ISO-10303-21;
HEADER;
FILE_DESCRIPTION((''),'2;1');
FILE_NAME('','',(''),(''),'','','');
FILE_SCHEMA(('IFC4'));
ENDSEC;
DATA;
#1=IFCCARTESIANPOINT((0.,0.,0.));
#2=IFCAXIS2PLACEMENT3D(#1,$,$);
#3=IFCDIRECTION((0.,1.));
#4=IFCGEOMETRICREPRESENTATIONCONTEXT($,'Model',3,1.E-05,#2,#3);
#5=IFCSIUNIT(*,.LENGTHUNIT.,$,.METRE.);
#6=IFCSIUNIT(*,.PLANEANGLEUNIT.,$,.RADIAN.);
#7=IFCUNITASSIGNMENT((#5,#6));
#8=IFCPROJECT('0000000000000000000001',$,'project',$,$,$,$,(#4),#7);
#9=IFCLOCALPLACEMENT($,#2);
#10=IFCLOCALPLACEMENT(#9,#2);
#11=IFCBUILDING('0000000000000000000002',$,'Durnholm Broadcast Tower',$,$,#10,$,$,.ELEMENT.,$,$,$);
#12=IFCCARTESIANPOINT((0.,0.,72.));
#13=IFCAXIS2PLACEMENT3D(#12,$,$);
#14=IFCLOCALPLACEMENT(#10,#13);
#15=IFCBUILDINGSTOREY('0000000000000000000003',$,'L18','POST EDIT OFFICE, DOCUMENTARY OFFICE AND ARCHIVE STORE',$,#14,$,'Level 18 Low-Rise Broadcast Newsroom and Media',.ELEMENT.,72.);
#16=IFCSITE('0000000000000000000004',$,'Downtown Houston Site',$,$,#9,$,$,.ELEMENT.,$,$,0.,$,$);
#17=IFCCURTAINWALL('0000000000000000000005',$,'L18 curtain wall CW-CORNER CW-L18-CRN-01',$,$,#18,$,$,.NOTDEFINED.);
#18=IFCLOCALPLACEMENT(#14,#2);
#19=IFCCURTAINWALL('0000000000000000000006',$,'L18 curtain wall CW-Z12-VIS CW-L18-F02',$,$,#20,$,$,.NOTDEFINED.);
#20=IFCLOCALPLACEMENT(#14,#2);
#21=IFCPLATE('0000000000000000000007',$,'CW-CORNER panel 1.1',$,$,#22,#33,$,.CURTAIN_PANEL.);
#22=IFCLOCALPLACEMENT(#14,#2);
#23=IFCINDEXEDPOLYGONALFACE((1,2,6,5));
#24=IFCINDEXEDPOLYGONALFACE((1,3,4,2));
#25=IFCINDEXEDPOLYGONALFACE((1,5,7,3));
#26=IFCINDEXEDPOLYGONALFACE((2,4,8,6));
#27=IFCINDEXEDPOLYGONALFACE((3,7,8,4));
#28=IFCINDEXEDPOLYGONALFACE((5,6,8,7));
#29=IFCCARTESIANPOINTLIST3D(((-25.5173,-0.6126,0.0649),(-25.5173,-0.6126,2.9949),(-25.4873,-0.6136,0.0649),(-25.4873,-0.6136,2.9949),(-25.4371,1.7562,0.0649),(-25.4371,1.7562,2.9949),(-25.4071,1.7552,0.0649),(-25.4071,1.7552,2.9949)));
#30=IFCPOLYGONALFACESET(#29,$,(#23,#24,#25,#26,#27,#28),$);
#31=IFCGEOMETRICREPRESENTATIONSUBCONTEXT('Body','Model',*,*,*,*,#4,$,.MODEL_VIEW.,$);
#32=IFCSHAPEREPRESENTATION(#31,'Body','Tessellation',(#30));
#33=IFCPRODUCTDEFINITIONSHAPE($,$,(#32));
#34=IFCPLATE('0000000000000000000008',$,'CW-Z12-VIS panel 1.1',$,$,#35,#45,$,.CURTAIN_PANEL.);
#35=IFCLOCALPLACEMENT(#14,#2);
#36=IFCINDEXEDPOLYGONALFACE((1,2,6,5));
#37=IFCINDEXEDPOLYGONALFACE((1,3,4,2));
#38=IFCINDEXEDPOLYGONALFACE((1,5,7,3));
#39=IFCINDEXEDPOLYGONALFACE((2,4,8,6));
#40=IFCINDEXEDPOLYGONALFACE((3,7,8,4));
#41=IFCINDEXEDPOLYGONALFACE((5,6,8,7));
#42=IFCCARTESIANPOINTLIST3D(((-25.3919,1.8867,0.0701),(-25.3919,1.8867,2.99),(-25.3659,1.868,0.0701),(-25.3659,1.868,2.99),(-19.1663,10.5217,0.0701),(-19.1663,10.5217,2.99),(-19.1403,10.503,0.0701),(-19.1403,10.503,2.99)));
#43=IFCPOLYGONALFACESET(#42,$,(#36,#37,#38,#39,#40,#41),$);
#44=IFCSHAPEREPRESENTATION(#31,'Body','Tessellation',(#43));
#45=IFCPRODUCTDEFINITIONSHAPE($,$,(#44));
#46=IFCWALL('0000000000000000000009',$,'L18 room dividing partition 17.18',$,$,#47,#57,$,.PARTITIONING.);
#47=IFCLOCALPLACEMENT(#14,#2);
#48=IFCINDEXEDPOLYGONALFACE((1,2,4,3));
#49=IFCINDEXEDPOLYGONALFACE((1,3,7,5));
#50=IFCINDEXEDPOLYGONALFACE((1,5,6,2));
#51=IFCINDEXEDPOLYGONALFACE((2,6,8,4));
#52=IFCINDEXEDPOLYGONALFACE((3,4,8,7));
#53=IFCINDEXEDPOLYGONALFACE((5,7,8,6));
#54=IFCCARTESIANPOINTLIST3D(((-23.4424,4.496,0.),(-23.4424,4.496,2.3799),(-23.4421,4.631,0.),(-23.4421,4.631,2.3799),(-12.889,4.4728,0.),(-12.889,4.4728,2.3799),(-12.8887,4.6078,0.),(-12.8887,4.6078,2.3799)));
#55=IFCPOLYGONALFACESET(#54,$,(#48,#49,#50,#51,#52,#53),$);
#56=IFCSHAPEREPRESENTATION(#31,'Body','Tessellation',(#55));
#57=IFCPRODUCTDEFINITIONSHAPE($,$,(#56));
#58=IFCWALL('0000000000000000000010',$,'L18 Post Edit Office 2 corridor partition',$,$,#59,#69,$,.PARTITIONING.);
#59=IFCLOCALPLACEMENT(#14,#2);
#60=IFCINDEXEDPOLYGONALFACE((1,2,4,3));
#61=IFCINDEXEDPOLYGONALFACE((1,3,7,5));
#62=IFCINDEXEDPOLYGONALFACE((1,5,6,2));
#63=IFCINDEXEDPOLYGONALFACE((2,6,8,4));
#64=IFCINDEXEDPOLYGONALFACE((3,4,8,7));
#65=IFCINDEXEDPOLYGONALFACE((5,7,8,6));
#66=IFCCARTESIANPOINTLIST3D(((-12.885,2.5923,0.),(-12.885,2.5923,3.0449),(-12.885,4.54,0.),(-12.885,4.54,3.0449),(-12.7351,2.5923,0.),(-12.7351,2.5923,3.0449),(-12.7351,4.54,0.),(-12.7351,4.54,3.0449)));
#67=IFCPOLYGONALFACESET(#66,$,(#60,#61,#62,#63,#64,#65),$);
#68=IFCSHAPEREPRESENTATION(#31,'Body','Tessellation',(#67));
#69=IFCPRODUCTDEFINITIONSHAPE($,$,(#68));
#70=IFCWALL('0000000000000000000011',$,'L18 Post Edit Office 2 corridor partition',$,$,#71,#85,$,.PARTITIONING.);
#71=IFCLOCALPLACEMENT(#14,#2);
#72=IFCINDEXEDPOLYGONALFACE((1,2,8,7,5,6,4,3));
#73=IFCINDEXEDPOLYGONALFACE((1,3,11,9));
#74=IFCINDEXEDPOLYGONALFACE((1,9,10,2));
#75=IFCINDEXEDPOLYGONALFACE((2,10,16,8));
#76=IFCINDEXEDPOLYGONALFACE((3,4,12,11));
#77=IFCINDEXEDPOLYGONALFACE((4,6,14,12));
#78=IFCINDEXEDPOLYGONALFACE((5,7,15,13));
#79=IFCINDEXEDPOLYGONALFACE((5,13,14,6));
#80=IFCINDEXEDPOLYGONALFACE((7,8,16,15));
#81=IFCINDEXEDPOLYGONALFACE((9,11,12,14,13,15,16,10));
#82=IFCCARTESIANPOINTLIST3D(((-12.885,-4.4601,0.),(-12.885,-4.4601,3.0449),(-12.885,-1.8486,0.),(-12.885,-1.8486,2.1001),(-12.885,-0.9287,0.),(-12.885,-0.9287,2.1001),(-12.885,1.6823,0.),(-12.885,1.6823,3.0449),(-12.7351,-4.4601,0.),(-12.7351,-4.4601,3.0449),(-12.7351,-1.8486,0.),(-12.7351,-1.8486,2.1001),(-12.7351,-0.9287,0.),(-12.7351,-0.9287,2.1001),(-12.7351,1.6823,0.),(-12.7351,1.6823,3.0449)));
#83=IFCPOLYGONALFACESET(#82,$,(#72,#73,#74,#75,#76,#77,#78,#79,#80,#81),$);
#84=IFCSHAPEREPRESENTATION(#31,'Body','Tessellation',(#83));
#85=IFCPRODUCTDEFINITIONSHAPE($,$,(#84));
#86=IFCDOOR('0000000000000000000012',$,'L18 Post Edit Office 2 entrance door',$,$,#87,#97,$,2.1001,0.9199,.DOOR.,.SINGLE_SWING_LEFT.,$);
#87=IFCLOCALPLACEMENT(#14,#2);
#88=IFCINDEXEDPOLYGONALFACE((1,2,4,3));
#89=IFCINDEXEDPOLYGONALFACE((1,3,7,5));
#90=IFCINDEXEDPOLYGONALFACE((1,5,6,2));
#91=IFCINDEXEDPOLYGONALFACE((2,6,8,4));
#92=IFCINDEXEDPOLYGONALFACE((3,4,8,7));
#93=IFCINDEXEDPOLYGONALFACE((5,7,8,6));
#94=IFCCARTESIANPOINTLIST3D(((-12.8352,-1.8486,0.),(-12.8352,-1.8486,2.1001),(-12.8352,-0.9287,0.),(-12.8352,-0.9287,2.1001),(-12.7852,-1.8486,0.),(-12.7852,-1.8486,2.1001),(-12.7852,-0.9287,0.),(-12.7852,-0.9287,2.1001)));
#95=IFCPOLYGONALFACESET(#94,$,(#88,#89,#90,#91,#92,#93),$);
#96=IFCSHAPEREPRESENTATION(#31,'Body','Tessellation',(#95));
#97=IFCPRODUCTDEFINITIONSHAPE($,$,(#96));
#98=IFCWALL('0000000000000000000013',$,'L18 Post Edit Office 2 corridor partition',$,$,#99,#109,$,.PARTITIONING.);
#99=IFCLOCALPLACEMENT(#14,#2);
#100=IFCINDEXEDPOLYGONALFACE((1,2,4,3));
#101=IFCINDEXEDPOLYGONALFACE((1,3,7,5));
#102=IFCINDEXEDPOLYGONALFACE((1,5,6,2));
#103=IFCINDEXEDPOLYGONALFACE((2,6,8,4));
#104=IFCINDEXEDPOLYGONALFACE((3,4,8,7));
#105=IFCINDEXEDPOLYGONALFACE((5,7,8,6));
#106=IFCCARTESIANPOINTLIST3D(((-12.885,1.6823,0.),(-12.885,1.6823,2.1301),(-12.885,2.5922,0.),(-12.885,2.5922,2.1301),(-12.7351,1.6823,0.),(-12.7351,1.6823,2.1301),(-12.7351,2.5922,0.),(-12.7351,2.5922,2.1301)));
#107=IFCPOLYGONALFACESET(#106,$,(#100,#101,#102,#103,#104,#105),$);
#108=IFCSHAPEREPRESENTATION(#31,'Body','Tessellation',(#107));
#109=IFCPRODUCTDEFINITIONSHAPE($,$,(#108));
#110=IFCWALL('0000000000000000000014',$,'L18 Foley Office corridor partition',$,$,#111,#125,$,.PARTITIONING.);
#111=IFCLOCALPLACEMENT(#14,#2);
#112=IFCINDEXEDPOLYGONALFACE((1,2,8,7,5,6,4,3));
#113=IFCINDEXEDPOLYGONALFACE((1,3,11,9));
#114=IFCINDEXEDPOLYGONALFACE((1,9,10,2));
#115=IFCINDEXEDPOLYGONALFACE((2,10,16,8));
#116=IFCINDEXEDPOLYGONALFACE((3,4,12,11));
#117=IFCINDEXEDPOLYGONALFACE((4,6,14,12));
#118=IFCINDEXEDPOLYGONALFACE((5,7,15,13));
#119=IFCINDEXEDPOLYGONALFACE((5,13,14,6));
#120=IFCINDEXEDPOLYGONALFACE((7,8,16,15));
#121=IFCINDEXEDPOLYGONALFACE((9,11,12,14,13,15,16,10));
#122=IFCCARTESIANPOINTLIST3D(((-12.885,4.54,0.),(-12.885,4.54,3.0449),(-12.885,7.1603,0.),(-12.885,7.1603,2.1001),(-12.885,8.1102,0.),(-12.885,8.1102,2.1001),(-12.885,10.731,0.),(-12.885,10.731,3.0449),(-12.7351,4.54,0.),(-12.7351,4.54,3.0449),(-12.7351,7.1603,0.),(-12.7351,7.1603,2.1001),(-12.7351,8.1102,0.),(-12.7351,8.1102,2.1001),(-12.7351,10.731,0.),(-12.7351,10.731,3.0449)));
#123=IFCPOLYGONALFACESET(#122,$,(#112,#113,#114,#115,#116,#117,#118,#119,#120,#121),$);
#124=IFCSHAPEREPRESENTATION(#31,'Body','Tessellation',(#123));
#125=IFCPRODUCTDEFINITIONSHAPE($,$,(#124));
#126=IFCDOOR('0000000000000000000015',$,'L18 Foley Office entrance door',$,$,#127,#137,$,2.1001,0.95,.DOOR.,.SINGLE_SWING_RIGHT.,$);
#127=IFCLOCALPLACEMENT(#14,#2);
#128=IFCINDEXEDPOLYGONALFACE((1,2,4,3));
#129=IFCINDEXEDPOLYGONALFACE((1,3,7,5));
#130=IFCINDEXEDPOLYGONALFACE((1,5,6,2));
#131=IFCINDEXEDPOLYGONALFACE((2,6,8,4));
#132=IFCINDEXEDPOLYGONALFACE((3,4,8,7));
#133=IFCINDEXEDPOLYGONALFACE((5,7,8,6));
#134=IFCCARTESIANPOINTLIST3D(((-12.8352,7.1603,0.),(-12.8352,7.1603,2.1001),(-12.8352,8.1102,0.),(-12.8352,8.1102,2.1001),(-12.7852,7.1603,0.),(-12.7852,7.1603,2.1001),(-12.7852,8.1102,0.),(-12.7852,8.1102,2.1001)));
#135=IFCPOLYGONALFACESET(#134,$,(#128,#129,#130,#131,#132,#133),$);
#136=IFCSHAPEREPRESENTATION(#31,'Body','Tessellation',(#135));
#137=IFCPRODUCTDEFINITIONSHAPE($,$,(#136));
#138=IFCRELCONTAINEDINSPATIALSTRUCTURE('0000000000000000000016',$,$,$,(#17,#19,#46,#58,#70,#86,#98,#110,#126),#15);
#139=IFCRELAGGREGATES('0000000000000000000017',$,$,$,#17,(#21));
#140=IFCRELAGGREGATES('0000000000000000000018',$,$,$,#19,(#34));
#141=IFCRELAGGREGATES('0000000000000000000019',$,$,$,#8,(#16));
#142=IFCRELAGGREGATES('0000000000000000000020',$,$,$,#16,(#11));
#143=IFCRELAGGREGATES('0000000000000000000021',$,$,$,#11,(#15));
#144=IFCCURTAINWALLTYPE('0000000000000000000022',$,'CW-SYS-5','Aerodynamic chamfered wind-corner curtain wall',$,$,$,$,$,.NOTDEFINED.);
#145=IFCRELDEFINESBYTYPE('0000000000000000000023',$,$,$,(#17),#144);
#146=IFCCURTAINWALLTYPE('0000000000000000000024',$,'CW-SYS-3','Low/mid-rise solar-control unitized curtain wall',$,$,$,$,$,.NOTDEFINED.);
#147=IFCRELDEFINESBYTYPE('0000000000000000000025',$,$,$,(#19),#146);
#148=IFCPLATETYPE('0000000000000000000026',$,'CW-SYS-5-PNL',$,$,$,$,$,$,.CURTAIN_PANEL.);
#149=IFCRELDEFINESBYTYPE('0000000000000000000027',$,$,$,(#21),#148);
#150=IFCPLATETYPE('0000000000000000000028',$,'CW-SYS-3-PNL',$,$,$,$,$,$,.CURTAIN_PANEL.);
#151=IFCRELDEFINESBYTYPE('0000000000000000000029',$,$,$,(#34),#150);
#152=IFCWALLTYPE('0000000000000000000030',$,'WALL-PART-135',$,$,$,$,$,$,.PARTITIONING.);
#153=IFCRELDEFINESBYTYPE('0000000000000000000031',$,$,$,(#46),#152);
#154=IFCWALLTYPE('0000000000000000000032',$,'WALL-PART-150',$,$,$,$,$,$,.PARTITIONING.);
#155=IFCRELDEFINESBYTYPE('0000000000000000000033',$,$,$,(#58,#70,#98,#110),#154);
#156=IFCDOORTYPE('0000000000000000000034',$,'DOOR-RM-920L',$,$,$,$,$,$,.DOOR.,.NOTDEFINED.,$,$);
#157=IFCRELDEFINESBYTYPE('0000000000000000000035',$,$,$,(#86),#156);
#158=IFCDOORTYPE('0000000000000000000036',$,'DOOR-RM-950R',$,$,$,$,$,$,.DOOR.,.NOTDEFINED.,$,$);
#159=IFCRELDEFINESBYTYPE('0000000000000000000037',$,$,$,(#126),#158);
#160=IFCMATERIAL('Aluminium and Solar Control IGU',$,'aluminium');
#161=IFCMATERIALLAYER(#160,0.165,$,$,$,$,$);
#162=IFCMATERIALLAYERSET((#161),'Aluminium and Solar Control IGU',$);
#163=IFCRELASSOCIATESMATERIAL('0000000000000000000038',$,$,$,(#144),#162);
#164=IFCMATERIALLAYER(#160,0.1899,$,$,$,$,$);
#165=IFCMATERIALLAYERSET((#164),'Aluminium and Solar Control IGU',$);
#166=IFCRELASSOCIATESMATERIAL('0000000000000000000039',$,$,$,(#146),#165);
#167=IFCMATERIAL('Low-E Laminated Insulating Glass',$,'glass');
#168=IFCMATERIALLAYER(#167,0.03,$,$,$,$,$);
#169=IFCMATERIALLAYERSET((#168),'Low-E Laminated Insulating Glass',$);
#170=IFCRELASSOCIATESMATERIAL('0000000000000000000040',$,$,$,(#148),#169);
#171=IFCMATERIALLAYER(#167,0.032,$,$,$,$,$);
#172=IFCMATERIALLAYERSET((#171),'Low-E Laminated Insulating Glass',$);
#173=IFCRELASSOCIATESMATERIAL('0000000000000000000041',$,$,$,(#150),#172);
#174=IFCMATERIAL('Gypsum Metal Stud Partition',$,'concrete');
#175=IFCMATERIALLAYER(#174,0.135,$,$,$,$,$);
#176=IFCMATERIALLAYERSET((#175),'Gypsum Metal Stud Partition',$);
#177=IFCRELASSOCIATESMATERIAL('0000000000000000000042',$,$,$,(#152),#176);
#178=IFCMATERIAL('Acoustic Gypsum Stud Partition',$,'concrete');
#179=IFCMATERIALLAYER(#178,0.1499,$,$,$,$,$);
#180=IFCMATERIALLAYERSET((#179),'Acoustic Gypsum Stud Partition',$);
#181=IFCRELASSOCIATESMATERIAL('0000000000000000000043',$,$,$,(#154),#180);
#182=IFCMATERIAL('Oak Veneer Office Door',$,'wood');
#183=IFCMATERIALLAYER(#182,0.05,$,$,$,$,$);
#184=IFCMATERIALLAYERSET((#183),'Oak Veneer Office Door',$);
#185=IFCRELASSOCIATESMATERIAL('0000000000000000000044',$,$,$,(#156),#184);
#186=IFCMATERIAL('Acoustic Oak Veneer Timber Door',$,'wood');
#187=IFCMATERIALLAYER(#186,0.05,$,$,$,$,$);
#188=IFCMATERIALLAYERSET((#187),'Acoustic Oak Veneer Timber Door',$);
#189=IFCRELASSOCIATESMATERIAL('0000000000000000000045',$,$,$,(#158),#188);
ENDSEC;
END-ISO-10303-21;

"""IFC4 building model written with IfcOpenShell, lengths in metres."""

from ifc_helpers import new_model, si_unit, direction, frame, frame_2d, origin, origin_2d, place, context, subcontext, project, spatial, rectangle, extrude, source, transform, mapped, material, layer, layer_set, type_object, type_shapes, element, fill, aggregate, save


model = new_model("IFC4")

# Units and contexts
model_context = context("Model", 3, precision=1e-05, world=origin(), true_north=direction((0.0, 1.0)))
body_context = subcontext(model_context, "Body", "Model", "MODEL_VIEW")
ifc_project = project(units=[si_unit("LENGTHUNIT", "METRE"), si_unit("PLANEANGLEUNIT", "RADIAN")], contexts=[model_context])

# Site, building, storey
site_placement = place(None, origin())
site = spatial("IfcSite", under=ifc_project, at=site_placement, Name="Downtown Houston Site", CompositionType="ELEMENT", RefElevation=0.0)
building_placement = place(site_placement, origin())
building = spatial("IfcBuilding", under=site, at=building_placement, Name="Durnholm Broadcast Tower", CompositionType="ELEMENT")
storey_placement = place(building_placement, frame((0.0, 0.0, 72.0)))
storey = spatial("IfcBuildingStorey", under=building, at=storey_placement, Name="L18", Description="POST EDIT OFFICE, DOCUMENTARY OFFICE AND ARCHIVE STORE", LongName="Level 18 Low-Rise Broadcast Newsroom and Media", CompositionType="ELEMENT", Elevation=72.0)

# Curtain wall
ifc_material_1 = material(Name="Aluminium and Solar Control IGU", Category="aluminium")
ifc_layer_1 = layer(ifc_material_1, 0.165)
ifc_layer_set_1 = layer_set([ifc_layer_1], Name="Aluminium and Solar Control IGU")
curtain_wall_type_1 = type_object("IfcCurtainWallType", Name="CW-SYS-5", Description="Aerodynamic chamfered wind-corner curtain wall", PredefinedType="NOTDEFINED", material=ifc_layer_set_1)
curtain_wall_1_placement = place(storey_placement, origin())
curtain_wall_1 = element("IfcCurtainWall", 1, at=curtain_wall_1_placement, inside=storey, type_object=curtain_wall_type_1, Name="L18 curtain wall CW-CORNER CW-L18-CRN-01", PredefinedType="NOTDEFINED")

# Curtain wall
ifc_layer_2 = layer(ifc_material_1, 0.1899)
ifc_layer_set_2 = layer_set([ifc_layer_2], Name="Aluminium and Solar Control IGU")
curtain_wall_type_2 = type_object("IfcCurtainWallType", Name="CW-SYS-3", Description="Low/mid-rise solar-control unitized curtain wall", PredefinedType="NOTDEFINED", material=ifc_layer_set_2)
curtain_wall_2_placement = place(storey_placement, origin())
curtain_wall_2 = element("IfcCurtainWall", 2, at=curtain_wall_2_placement, inside=storey, type_object=curtain_wall_type_2, Name="L18 curtain wall CW-Z12-VIS CW-L18-F02", PredefinedType="NOTDEFINED")

# Plates
ifc_material_2 = material(Name="Low-E Laminated Insulating Glass", Category="glass")
ifc_layer_3 = layer(ifc_material_2, 0.03)
ifc_layer_set_3 = layer_set([ifc_layer_3], Name="Low-E Laminated Insulating Glass")
plate_type_1 = type_object("IfcPlateType", Name="CW-SYS-5-PNL", PredefinedType="CURTAIN_PANEL", material=ifc_layer_set_3)
shared_shape_1 = source(origin(), body_context, "Body", "SweptSolid", [
    extrude(rectangle(XDim=2.3701, YDim=0.03, at=origin_2d()), origin(), (0.0, 0.0, 1.0), 2.9299),
])
type_shapes(plate_type_1, [shared_shape_1])
plate_1_placement = place(storey_placement, frame((-25.4622, 0.5713, 0.0649), z_axis=(0.0, 0.0, 1.0), x_axis=(0.03384, 0.999427, 0.0)))
plate_1 = element("IfcPlate", 3, at=plate_1_placement, type_object=plate_type_1, Name="CW-CORNER panel 1.1", PredefinedType="CURTAIN_PANEL", context=body_context, shape_type="MappedRepresentation", body=[
    mapped(shared_shape_1, transform((0.0, 0.0, 0.0), x_axis=(1.0, 0.0, 0.0), y_axis=(0.0, 1.0, 0.0), z_axis=(0.0, 0.0, 1.0), scale=1.0)),
])
aggregate(curtain_wall_1, [plate_1])
ifc_layer_4 = layer(ifc_material_2, 0.032)
ifc_layer_set_4 = layer_set([ifc_layer_4], Name="Low-E Laminated Insulating Glass")
plate_type_2 = type_object("IfcPlateType", Name="CW-SYS-3-PNL", PredefinedType="CURTAIN_PANEL", material=ifc_layer_set_4)
shared_shape_2 = source(origin(), body_context, "Body", "SweptSolid", [
    extrude(rectangle(XDim=10.6453, YDim=0.032, at=origin_2d()), origin(), (0.0, 0.0, 1.0), 2.9199),
])
type_shapes(plate_type_2, [shared_shape_2])
plate_2_placement = place(storey_placement, frame((-22.2661, 6.1948, 0.0701), z_axis=(0.0, 0.0, 1.0), x_axis=(0.584823, 0.811161, 0.0)))
plate_2 = element("IfcPlate", 4, at=plate_2_placement, type_object=plate_type_2, Name="CW-Z12-VIS panel 1.1", PredefinedType="CURTAIN_PANEL", context=body_context, shape_type="MappedRepresentation", body=[
    mapped(shared_shape_2, transform((0.0, 0.0, 0.0), x_axis=(1.0, 0.0, 0.0), y_axis=(0.0, 1.0, 0.0), z_axis=(0.0, 0.0, 1.0), scale=1.0)),
])
aggregate(curtain_wall_2, [plate_2])

# Walls
ifc_material_3 = material(Name="Gypsum Metal Stud Partition", Category="concrete")
ifc_layer_5 = layer(ifc_material_3, 0.135)
ifc_layer_set_5 = layer_set([ifc_layer_5], Name="Gypsum Metal Stud Partition")
wall_type_1 = type_object("IfcWallType", Name="WALL-PART-135", PredefinedType="PARTITIONING", material=ifc_layer_set_5)
wall_1_placement = place(storey_placement, frame((-23.4424, 4.5635, 0.0), z_axis=(0.0, 0.0, 1.0), x_axis=(0.999998, -0.002198, 0.0)))
element("IfcWall", 5, at=wall_1_placement, inside=storey, type_object=wall_type_1, Name="L18 room dividing partition 17.18", PredefinedType="PARTITIONING", context=body_context, shape_type="SweptSolid", body=[
    extrude(rectangle(XDim=10.5535, YDim=0.135, at=frame_2d((5.2769, 0.0))), origin(), (0.0, 0.0, 1.0), 2.3799),
])
ifc_material_4 = material(Name="Acoustic Gypsum Stud Partition", Category="concrete")
ifc_layer_6 = layer(ifc_material_4, 0.1499)
ifc_layer_set_6 = layer_set([ifc_layer_6], Name="Acoustic Gypsum Stud Partition")
wall_type_2 = type_object("IfcWallType", Name="WALL-PART-150", PredefinedType="PARTITIONING", material=ifc_layer_set_6)
wall_2_placement = place(storey_placement, frame((-12.8101, 4.54, 0.0), z_axis=(0.0, 0.0, 1.0), x_axis=(0.0, -1.0, 0.0)))
element("IfcWall", 6, at=wall_2_placement, inside=storey, type_object=wall_type_2, Name="L18 Post Edit Office 2 corridor partition", PredefinedType="PARTITIONING", context=body_context, shape_type="SweptSolid", body=[
    extrude(rectangle(XDim=1.9478, YDim=0.1499, at=frame_2d((0.9739, 0.0))), origin(), (0.0, 0.0, 1.0), 3.0449),
])

# Wall, opening, door
wall_3_placement = place(storey_placement, frame((-12.8101, 1.6824, 0.0), z_axis=(0.0, 0.0, 1.0), x_axis=(0.0, -1.0, 0.0)))
wall_3 = element("IfcWall", 7, at=wall_3_placement, inside=storey, type_object=wall_type_2, Name="L18 Post Edit Office 2 corridor partition", PredefinedType="PARTITIONING", context=body_context, shape_type="SweptSolid", body=[
    extrude(rectangle(XDim=6.1423, YDim=0.1499, at=frame_2d((3.0713, 0.0))), origin(), (0.0, 0.0, 1.0), 3.0449),
])
opening_1_placement = place(wall_3_placement, frame((2.6111, 0.0, 0.0)))
opening_1 = element("IfcOpeningElement", 8, at=opening_1_placement, cuts=wall_3, PredefinedType="OPENING", context=body_context, shape_type="SweptSolid", body=[
    extrude(rectangle(XDim=0.9199, YDim=2.1001, at=frame_2d((0.46, 1.05))), frame((0.0, 0.085, 0.0), z_axis=(0.0, -1.0, 0.0), x_axis=(1.0, 0.0, 0.0)), (0.0, 0.0, 1.0), 0.1699),
])
ifc_material_5 = material(Name="Oak Veneer Office Door", Category="wood")
ifc_layer_7 = layer(ifc_material_5, 0.05)
ifc_layer_set_7 = layer_set([ifc_layer_7], Name="Oak Veneer Office Door")
door_type_1 = type_object("IfcDoorType", Name="DOOR-RM-920L", OperationType="NOTDEFINED", PredefinedType="DOOR", material=ifc_layer_set_7)
shared_shape_3 = source(origin(), body_context, "Body", "SweptSolid", [
    extrude(rectangle(XDim=0.9199, YDim=2.1001, at=frame_2d((0.46, 1.05))), frame((0.0, 0.0249, 0.0), z_axis=(0.0, -1.0, 0.0), x_axis=(1.0, 0.0, 0.0)), (0.0, 0.0, 1.0), 0.05),
])
type_shapes(door_type_1, [shared_shape_3])
door_1_placement = place(opening_1_placement, origin())
door_1 = element("IfcDoor", 9, at=door_1_placement, inside=storey, type_object=door_type_1, Name="L18 Post Edit Office 2 entrance door", OperationType="SINGLE_SWING_LEFT", OverallHeight=2.1001, OverallWidth=0.9199, PredefinedType="DOOR", context=body_context, shape_type="MappedRepresentation", body=[
    mapped(shared_shape_3, transform((0.0, 0.0, 0.0), x_axis=(1.0, 0.0, 0.0), y_axis=(0.0, 1.0, 0.0), z_axis=(0.0, 0.0, 1.0), scale=1.0)),
])
fill(opening_1, door_1)

# Wall
wall_4_placement = place(storey_placement, frame((-12.8101, 2.5923, 0.0), z_axis=(0.0, 0.0, 1.0), x_axis=(0.0, -1.0, 0.0)))
element("IfcWall", 10, at=wall_4_placement, inside=storey, type_object=wall_type_2, Name="L18 Post Edit Office 2 corridor partition", PredefinedType="PARTITIONING", context=body_context, shape_type="SweptSolid", body=[
    extrude(rectangle(XDim=0.9099, YDim=0.1499, at=frame_2d((0.4551, 0.0))), origin(), (0.0, 0.0, 1.0), 2.1301),
])

# Wall, opening, door
wall_5_placement = place(storey_placement, frame((-12.8101, 10.731, 0.0), z_axis=(0.0, 0.0, 1.0), x_axis=(0.0, -1.0, 0.0)))
wall_5 = element("IfcWall", 11, at=wall_5_placement, inside=storey, type_object=wall_type_2, Name="L18 Foley Office corridor partition", PredefinedType="PARTITIONING", context=body_context, shape_type="SweptSolid", body=[
    extrude(rectangle(XDim=6.1909, YDim=0.1499, at=frame_2d((3.0955, 0.0))), origin(), (0.0, 0.0, 1.0), 3.0449),
])
opening_2_placement = place(wall_5_placement, frame((2.6206, 0.0, 0.0)))
opening_2 = element("IfcOpeningElement", 12, at=opening_2_placement, cuts=wall_5, PredefinedType="OPENING", context=body_context, shape_type="SweptSolid", body=[
    extrude(rectangle(XDim=0.95, YDim=2.1001, at=frame_2d((0.4751, 1.05))), frame((0.0, 0.085, 0.0), z_axis=(0.0, -1.0, 0.0), x_axis=(1.0, 0.0, 0.0)), (0.0, 0.0, 1.0), 0.1699),
])
ifc_material_6 = material(Name="Acoustic Oak Veneer Timber Door", Category="wood")
ifc_layer_8 = layer(ifc_material_6, 0.05)
ifc_layer_set_8 = layer_set([ifc_layer_8], Name="Acoustic Oak Veneer Timber Door")
door_type_2 = type_object("IfcDoorType", Name="DOOR-RM-950R", OperationType="NOTDEFINED", PredefinedType="DOOR", material=ifc_layer_set_8)
shared_shape_4 = source(origin(), body_context, "Body", "SweptSolid", [
    extrude(rectangle(XDim=0.95, YDim=2.1001, at=frame_2d((0.4751, 1.05))), frame((0.0, 0.0249, 0.0), z_axis=(0.0, -1.0, 0.0), x_axis=(1.0, 0.0, 0.0)), (0.0, 0.0, 1.0), 0.05),
])
type_shapes(door_type_2, [shared_shape_4])
door_2_placement = place(opening_2_placement, origin())
door_2 = element("IfcDoor", 13, at=door_2_placement, inside=storey, type_object=door_type_2, Name="L18 Foley Office entrance door", OperationType="SINGLE_SWING_RIGHT", OverallHeight=2.1001, OverallWidth=0.95, PredefinedType="DOOR", context=body_context, shape_type="MappedRepresentation", body=[
    mapped(shared_shape_4, transform((0.0, 0.0, 0.0), x_axis=(1.0, 0.0, 0.0), y_axis=(0.0, 1.0, 0.0), z_axis=(0.0, 0.0, 1.0), scale=1.0)),
])
fill(opening_2, door_2)

save(model, "model.ifc")
